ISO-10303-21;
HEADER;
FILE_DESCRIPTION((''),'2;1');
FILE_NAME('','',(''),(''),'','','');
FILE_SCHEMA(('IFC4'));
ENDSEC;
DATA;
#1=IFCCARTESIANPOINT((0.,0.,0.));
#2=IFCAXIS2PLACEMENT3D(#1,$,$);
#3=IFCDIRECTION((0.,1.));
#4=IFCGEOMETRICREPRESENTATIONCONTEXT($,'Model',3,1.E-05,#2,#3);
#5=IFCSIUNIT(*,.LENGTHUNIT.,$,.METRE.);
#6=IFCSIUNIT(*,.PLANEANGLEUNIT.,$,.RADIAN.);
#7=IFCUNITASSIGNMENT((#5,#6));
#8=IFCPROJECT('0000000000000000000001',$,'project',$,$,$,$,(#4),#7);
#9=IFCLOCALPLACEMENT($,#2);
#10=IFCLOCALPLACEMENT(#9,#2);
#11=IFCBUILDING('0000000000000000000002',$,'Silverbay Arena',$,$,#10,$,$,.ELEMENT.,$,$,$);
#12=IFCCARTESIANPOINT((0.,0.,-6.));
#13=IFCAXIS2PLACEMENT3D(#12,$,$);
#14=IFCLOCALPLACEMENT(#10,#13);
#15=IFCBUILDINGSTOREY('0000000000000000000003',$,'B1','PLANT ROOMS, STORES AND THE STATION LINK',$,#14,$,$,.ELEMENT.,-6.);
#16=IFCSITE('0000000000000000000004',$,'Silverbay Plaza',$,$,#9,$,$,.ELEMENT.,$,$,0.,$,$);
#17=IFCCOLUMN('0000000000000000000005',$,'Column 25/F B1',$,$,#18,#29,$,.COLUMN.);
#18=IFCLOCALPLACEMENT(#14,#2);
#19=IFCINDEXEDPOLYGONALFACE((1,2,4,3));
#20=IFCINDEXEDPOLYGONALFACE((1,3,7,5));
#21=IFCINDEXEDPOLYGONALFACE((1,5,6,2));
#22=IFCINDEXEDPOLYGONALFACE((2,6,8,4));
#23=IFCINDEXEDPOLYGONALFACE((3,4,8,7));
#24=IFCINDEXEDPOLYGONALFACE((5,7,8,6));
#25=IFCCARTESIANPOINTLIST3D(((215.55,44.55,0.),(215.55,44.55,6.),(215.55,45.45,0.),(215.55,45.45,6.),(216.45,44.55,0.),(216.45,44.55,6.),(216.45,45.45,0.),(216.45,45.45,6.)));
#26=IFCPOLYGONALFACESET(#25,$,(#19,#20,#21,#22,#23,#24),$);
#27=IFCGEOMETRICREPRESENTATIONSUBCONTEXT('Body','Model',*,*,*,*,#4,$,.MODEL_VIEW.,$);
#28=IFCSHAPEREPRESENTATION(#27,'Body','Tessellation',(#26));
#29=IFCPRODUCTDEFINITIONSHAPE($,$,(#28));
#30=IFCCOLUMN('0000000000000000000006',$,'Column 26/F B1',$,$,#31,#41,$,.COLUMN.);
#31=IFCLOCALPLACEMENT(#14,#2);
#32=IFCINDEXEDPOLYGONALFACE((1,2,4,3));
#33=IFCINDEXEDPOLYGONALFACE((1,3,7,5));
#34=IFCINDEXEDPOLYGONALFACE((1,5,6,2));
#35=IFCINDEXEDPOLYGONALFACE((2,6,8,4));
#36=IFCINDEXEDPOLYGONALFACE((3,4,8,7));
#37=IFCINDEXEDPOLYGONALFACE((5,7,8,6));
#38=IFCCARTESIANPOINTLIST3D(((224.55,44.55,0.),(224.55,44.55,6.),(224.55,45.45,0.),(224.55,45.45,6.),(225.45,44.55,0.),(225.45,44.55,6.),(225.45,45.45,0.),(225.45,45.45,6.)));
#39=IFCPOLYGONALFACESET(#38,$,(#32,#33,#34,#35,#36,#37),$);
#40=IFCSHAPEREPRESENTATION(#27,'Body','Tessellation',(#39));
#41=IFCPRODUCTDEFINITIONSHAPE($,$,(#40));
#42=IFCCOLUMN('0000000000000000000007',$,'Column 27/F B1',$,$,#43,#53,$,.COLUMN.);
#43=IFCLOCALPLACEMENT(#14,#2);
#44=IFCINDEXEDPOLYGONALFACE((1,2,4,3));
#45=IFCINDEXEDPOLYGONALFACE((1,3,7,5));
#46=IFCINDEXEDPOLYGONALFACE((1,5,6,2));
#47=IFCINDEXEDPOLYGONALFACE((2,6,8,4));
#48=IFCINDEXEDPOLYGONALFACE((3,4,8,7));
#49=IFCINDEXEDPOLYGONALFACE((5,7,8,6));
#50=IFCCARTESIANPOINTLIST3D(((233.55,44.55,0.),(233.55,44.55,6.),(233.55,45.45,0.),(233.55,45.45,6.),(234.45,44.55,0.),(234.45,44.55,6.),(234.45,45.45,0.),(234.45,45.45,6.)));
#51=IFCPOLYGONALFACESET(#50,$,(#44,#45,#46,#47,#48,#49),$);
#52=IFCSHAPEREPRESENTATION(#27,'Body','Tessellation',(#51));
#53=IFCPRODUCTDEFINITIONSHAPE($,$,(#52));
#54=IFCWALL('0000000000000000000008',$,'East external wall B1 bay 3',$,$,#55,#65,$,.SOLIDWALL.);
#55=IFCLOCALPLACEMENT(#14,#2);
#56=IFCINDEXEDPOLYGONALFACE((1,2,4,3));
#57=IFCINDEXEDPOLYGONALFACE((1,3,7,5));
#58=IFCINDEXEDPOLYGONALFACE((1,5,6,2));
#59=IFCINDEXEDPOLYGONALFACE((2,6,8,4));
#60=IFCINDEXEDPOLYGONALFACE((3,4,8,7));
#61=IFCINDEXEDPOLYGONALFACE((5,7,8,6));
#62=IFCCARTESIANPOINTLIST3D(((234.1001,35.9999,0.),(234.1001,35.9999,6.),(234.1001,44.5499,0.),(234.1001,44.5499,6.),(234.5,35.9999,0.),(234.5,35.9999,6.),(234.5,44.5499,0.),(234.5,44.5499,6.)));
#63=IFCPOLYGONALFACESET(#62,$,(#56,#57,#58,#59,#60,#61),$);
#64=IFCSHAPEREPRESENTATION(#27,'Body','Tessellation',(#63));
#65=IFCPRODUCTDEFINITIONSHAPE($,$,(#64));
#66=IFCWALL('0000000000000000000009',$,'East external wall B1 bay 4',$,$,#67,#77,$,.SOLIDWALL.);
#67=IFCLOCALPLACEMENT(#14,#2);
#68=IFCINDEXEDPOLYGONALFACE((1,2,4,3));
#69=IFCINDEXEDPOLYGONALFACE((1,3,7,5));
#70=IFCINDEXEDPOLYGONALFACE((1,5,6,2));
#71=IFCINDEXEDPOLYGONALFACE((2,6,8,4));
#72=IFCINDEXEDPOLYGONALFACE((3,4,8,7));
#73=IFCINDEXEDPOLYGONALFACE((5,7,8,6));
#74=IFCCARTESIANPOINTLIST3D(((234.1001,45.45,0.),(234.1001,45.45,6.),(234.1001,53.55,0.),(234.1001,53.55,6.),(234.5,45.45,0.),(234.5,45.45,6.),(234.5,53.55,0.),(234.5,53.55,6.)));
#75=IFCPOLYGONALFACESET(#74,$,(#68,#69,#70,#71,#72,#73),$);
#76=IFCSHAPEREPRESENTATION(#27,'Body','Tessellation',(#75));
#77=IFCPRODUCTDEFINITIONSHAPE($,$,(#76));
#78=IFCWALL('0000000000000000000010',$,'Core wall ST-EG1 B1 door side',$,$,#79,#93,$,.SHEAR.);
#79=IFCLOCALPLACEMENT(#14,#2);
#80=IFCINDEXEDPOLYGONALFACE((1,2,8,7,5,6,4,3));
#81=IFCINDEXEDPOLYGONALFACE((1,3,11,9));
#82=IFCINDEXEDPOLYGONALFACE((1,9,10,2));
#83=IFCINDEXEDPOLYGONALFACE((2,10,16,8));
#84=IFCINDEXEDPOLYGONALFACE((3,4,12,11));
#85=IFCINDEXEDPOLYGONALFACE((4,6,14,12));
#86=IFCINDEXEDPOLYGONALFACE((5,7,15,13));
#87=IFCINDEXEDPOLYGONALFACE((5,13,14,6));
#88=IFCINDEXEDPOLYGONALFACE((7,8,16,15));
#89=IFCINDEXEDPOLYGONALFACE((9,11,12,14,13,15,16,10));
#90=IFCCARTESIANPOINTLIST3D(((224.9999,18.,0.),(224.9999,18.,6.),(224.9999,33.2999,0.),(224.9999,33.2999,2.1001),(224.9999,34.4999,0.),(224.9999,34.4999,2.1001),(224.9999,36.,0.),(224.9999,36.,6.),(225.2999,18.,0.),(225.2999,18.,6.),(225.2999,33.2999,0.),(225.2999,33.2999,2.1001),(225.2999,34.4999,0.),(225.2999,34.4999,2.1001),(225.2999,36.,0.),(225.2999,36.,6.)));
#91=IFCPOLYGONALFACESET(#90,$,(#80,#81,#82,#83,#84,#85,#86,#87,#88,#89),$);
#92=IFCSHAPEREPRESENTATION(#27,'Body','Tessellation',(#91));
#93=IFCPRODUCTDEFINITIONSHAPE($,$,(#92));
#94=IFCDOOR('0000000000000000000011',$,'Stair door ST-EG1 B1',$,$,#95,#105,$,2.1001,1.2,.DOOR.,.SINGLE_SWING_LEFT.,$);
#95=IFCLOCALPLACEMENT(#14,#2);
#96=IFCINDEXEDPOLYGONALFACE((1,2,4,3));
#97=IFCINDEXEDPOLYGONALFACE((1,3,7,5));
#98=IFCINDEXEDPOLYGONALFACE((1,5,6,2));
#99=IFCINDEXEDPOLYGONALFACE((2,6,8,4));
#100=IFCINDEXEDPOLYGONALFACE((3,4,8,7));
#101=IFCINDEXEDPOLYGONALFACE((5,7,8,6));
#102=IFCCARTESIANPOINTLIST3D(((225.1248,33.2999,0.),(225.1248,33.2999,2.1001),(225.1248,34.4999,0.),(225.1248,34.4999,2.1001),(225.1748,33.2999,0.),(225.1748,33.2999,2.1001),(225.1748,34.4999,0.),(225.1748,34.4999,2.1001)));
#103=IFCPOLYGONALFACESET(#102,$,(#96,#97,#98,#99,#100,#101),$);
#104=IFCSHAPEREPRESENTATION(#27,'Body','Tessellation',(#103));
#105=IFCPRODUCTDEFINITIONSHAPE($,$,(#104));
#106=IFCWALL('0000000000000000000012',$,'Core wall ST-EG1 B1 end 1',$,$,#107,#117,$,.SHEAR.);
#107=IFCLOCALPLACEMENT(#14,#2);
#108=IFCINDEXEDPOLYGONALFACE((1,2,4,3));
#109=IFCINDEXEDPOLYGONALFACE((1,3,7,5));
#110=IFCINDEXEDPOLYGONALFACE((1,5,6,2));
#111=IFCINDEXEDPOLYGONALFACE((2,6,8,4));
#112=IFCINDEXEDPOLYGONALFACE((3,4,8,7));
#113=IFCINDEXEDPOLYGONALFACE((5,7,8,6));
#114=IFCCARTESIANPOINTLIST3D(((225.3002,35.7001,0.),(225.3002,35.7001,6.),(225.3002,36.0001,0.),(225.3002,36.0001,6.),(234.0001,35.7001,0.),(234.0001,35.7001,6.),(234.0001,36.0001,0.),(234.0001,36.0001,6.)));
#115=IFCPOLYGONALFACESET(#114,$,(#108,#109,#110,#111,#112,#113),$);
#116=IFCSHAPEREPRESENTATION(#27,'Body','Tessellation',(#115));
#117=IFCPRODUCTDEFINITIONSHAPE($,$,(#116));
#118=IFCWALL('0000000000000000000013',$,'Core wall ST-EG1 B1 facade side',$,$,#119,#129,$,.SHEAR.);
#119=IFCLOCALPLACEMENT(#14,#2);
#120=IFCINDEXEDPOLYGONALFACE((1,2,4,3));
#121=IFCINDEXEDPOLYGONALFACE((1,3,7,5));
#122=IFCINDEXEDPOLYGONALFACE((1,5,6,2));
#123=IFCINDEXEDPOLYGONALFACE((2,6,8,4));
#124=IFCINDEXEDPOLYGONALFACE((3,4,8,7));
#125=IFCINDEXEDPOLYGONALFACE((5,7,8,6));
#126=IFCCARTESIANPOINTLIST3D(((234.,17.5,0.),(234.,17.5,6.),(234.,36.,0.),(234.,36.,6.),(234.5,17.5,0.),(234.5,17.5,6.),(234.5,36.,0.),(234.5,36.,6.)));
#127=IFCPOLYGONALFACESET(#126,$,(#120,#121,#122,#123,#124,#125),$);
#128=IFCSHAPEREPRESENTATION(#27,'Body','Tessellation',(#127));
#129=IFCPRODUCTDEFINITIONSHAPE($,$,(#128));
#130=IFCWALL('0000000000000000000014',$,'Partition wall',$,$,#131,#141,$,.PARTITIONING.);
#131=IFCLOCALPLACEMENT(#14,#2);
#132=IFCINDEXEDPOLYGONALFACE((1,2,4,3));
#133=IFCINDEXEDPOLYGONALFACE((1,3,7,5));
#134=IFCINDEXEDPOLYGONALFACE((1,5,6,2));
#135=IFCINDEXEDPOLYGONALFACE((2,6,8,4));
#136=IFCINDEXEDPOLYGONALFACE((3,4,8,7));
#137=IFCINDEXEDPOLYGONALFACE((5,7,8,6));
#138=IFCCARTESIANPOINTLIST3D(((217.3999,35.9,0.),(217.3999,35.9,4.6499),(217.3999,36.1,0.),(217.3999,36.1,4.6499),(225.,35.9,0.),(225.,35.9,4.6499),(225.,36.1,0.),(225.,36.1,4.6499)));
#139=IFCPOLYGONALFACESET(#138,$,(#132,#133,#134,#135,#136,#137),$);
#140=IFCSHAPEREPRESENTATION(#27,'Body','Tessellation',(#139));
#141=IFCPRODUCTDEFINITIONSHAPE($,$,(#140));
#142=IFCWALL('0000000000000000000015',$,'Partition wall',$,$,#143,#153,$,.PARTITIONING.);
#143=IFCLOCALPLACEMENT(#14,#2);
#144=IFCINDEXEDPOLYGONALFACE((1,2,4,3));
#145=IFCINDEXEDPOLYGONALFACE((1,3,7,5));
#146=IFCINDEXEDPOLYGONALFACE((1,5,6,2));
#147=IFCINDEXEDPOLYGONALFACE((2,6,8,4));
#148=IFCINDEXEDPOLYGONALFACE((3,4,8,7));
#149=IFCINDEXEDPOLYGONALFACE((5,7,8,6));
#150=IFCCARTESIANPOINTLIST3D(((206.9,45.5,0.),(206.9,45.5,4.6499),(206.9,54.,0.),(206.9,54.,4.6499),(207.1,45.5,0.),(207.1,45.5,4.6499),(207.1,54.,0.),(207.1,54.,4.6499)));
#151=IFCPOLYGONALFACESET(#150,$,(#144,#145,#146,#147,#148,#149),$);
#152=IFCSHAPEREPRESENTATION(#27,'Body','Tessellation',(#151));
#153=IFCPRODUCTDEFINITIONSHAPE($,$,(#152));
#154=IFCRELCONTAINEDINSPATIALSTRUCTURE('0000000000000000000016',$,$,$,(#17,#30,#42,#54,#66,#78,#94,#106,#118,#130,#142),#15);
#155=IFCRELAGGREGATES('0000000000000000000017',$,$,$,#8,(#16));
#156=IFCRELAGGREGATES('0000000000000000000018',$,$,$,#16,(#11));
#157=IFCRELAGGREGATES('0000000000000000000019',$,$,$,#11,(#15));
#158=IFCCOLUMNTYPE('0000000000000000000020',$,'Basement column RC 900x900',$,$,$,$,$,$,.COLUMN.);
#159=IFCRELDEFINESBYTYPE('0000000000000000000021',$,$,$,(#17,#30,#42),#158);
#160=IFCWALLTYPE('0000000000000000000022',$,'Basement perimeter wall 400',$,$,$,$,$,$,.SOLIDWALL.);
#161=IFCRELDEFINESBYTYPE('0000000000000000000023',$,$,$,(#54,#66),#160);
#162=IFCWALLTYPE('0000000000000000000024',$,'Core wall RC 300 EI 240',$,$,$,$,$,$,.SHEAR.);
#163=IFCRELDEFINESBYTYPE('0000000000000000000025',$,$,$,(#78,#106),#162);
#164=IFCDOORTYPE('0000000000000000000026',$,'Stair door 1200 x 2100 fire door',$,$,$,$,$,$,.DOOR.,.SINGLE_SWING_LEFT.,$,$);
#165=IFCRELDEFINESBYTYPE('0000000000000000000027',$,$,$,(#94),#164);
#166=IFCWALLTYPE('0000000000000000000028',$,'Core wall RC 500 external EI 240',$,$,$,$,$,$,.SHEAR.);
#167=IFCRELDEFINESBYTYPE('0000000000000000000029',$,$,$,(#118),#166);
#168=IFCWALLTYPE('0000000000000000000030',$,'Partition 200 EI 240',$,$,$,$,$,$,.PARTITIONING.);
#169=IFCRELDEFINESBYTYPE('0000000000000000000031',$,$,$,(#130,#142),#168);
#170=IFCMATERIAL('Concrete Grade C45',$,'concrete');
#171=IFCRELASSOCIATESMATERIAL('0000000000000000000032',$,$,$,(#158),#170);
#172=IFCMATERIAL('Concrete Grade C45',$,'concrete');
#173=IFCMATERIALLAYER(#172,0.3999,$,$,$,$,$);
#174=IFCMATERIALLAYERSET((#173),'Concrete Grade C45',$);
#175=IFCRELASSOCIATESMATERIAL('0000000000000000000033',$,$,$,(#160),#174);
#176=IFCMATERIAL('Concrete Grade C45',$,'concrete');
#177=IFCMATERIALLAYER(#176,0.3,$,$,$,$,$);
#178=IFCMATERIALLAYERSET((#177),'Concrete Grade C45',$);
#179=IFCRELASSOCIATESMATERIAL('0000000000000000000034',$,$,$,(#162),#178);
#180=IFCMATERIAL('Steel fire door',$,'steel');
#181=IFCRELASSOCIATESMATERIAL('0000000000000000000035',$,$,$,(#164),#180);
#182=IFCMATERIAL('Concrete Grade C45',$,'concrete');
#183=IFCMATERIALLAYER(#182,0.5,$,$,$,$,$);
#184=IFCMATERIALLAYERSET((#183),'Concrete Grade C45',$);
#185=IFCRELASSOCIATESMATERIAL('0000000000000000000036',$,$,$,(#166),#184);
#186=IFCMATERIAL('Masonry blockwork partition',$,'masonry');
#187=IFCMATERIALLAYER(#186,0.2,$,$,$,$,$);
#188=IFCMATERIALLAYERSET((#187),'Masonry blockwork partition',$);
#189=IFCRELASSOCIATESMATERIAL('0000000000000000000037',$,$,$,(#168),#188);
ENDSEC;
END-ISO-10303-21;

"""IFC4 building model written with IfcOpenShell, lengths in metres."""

from ifc_helpers import new_model, si_unit, direction, frame, frame_2d, origin, origin_2d, place, context, subcontext, project, spatial, rectangle, extrude, material, layer, layer_set, material_profile, profile_set, type_object, element, fill, save


model = new_model("IFC4")

# Units and contexts
model_context = context("Model", 3, precision=1e-05, world=origin(), true_north=direction((0.0, 1.0)))
body_context = subcontext(model_context, "Body", "Model", "MODEL_VIEW")
ifc_project = project(units=[si_unit("LENGTHUNIT", "METRE"), si_unit("PLANEANGLEUNIT", "RADIAN")], contexts=[model_context])

# Site, building, storey
site_placement = place(None, origin())
site = spatial("IfcSite", under=ifc_project, at=site_placement, Name="Silverbay Plaza", CompositionType="ELEMENT", RefElevation=0.0)
building_placement = place(site_placement, origin())
building = spatial("IfcBuilding", under=site, at=building_placement, Name="Silverbay Arena", CompositionType="ELEMENT")
storey_placement = place(building_placement, frame((0.0, 0.0, -6.0)))
storey = spatial("IfcBuildingStorey", under=building, at=storey_placement, Name="B1", Description="PLANT ROOMS, STORES AND THE STATION LINK", CompositionType="ELEMENT", Elevation=-6.0)

# Columns
ifc_material_1 = material(Name="Concrete Grade C45", Category="concrete")
ifc_material_profile_1 = material_profile(ifc_material_1, rectangle(XDim=0.8999, YDim=0.8999, at=origin_2d()), Name="RC 900x900")
ifc_profile_set_1 = profile_set([ifc_material_profile_1], Name="Concrete Grade C45")
column_type = type_object("IfcColumnType", Name="Basement column RC 900x900", PredefinedType="COLUMN", material=ifc_profile_set_1)
for number, where, z_axis, x_axis, name in (
    (1, (216.0, 45.0, 0.0), (0.0, 0.0, 1.0), (1.0, 0.0, 0.0), "Column 25/F B1"),
    (2, (225.0, 45.0, 0.0), (0.0, 0.0, 1.0), (1.0, 0.0, 0.0), "Column 26/F B1"),
    (3, (234.0, 45.0, 0.0), (0.0, 0.0, 1.0), (1.0, 0.0, 0.0), "Column 27/F B1"),
):
    element("IfcColumn", number, at=place(storey_placement, frame(where, z_axis=z_axis, x_axis=x_axis)), inside=storey, type_object=column_type, Name=name, PredefinedType="COLUMN", context=body_context, shape_type="SweptSolid", body=[
        extrude(rectangle(XDim=0.8999, YDim=0.8999, at=origin_2d()), origin(), (0.0, 0.0, 1.0), 6.0),
    ])

# Walls
ifc_material_2 = material(Name="Concrete Grade C45", Category="concrete")
ifc_layer_1 = layer(ifc_material_2, 0.3999)
ifc_layer_set_1 = layer_set([ifc_layer_1], Name="Concrete Grade C45")
wall_type_1 = type_object("IfcWallType", Name="Basement perimeter wall 400", PredefinedType="SOLIDWALL", material=ifc_layer_set_1)
wall_1_placement = place(storey_placement, frame((234.3, 36.0, 0.0), z_axis=(0.0, 0.0, 1.0), x_axis=(0.0, 1.0, 0.0)))
element("IfcWall", 4, at=wall_1_placement, inside=storey, type_object=wall_type_1, Name="East external wall B1 bay 3", PredefinedType="SOLIDWALL", context=body_context, shape_type="SweptSolid", body=[
    extrude(rectangle(XDim=8.55, YDim=0.3999, at=frame_2d((4.2749, 0.0))), origin(), (0.0, 0.0, 1.0), 6.0),
])
wall_2_placement = place(storey_placement, frame((234.3, 45.45, 0.0), z_axis=(0.0, 0.0, 1.0), x_axis=(0.0, 1.0, 0.0)))
element("IfcWall", 5, at=wall_2_placement, inside=storey, type_object=wall_type_1, Name="East external wall B1 bay 4", PredefinedType="SOLIDWALL", context=body_context, shape_type="SweptSolid", body=[
    extrude(rectangle(XDim=8.1001, YDim=0.3999, at=frame_2d((4.05, 0.0))), origin(), (0.0, 0.0, 1.0), 6.0),
])

# Wall, opening, door
ifc_material_3 = material(Name="Concrete Grade C45", Category="concrete")
ifc_layer_2 = layer(ifc_material_3, 0.3)
ifc_layer_set_2 = layer_set([ifc_layer_2], Name="Concrete Grade C45")
wall_type_2 = type_object("IfcWallType", Name="Core wall RC 300 EI 240", PredefinedType="SHEAR", material=ifc_layer_set_2)
wall_3_placement = place(storey_placement, frame((225.1499, 36.0, 0.0), z_axis=(0.0, 0.0, 1.0), x_axis=(0.0, -1.0, 0.0)))
wall_3 = element("IfcWall", 6, at=wall_3_placement, inside=storey, type_object=wall_type_2, Name="Core wall ST-EG1 B1 door side", PredefinedType="SHEAR", context=body_context, shape_type="SweptSolid", body=[
    extrude(rectangle(XDim=18.0, YDim=0.3, at=frame_2d((9.0, 0.0))), origin(), (0.0, 0.0, 1.0), 6.0),
])
opening_1_placement = place(wall_3_placement, frame((1.5, 0.0, 0.0)))
opening_1 = element("IfcOpeningElement", 7, at=opening_1_placement, cuts=wall_3, PredefinedType="OPENING", context=body_context, shape_type="SweptSolid", body=[
    extrude(rectangle(XDim=1.2, YDim=2.1001, at=frame_2d((0.6001, 1.05))), frame((0.0, 0.1602, 0.0), z_axis=(0.0, -1.0, 0.0), x_axis=(1.0, 0.0, 0.0)), (0.0, 0.0, 1.0), 0.3201),
])
ifc_material_4 = material(Name="Steel fire door", Category="steel")
door_type_1 = type_object("IfcDoorType", Name="Stair door 1200 x 2100 fire door", OperationType="SINGLE_SWING_LEFT", PredefinedType="DOOR", material=ifc_material_4)
door_1_placement = place(opening_1_placement, origin())
door_1 = element("IfcDoor", 8, at=door_1_placement, inside=storey, type_object=door_type_1, Name="Stair door ST-EG1 B1", OperationType="SINGLE_SWING_LEFT", OverallHeight=2.1001, OverallWidth=1.2, PredefinedType="DOOR", context=body_context, shape_type="SweptSolid", body=[
    extrude(rectangle(XDim=1.2, YDim=2.1001, at=frame_2d((0.6001, 1.05))), frame((0.0, 0.0249, 0.0), z_axis=(0.0, -1.0, 0.0), x_axis=(1.0, 0.0, 0.0)), (0.0, 0.0, 1.0), 0.05),
])
fill(opening_1, door_1)

# Walls
wall_4_placement = place(storey_placement, frame((225.3, 35.8501, 0.0), z_axis=(0.0, 0.0, 1.0), x_axis=(1.0, 0.0, 0.0)))
element("IfcWall", 9, at=wall_4_placement, inside=storey, type_object=wall_type_2, Name="Core wall ST-EG1 B1 end 1", PredefinedType="SHEAR", context=body_context, shape_type="SweptSolid", body=[
    extrude(rectangle(XDim=8.7, YDim=0.3, at=frame_2d((4.3501, 0.0))), origin(), (0.0, 0.0, 1.0), 6.0),
])
ifc_material_5 = material(Name="Concrete Grade C45", Category="concrete")
ifc_layer_3 = layer(ifc_material_5, 0.5)
ifc_layer_set_3 = layer_set([ifc_layer_3], Name="Concrete Grade C45")
wall_type_3 = type_object("IfcWallType", Name="Core wall RC 500 external EI 240", PredefinedType="SHEAR", material=ifc_layer_set_3)
wall_5_placement = place(storey_placement, frame((234.25, 36.0, 0.0), z_axis=(0.0, 0.0, 1.0), x_axis=(0.0, -1.0, 0.0)))
element("IfcWall", 10, at=wall_5_placement, inside=storey, type_object=wall_type_3, Name="Core wall ST-EG1 B1 facade side", PredefinedType="SHEAR", context=body_context, shape_type="SweptSolid", body=[
    extrude(rectangle(XDim=18.5, YDim=0.5, at=frame_2d((9.25, 0.0))), origin(), (0.0, 0.0, 1.0), 6.0),
])
ifc_material_6 = material(Name="Masonry blockwork partition", Category="masonry")
ifc_layer_4 = layer(ifc_material_6, 0.2)
ifc_layer_set_4 = layer_set([ifc_layer_4], Name="Masonry blockwork partition")
wall_type_4 = type_object("IfcWallType", Name="Partition 200 EI 240", PredefinedType="PARTITIONING", material=ifc_layer_set_4)
wall_6_placement = place(storey_placement, frame((217.3999, 36.0, 0.0), z_axis=(0.0, 0.0, 1.0), x_axis=(1.0, 0.0, 0.0)))
element("IfcWall", 11, at=wall_6_placement, inside=storey, type_object=wall_type_4, Name="Partition wall", PredefinedType="PARTITIONING", context=body_context, shape_type="SweptSolid", body=[
    extrude(rectangle(XDim=7.6001, YDim=0.2, at=frame_2d((3.8, 0.0))), origin(), (0.0, 0.0, 1.0), 4.6499),
])
wall_7_placement = place(storey_placement, frame((207.0, 45.5, 0.0), z_axis=(0.0, 0.0, 1.0), x_axis=(0.0, 1.0, 0.0)))
element("IfcWall", 12, at=wall_7_placement, inside=storey, type_object=wall_type_4, Name="Partition wall", PredefinedType="PARTITIONING", context=body_context, shape_type="SweptSolid", body=[
    extrude(rectangle(XDim=8.5, YDim=0.2, at=frame_2d((4.25, 0.0))), origin(), (0.0, 0.0, 1.0), 4.6499),
])

save(model, "model.ifc")
